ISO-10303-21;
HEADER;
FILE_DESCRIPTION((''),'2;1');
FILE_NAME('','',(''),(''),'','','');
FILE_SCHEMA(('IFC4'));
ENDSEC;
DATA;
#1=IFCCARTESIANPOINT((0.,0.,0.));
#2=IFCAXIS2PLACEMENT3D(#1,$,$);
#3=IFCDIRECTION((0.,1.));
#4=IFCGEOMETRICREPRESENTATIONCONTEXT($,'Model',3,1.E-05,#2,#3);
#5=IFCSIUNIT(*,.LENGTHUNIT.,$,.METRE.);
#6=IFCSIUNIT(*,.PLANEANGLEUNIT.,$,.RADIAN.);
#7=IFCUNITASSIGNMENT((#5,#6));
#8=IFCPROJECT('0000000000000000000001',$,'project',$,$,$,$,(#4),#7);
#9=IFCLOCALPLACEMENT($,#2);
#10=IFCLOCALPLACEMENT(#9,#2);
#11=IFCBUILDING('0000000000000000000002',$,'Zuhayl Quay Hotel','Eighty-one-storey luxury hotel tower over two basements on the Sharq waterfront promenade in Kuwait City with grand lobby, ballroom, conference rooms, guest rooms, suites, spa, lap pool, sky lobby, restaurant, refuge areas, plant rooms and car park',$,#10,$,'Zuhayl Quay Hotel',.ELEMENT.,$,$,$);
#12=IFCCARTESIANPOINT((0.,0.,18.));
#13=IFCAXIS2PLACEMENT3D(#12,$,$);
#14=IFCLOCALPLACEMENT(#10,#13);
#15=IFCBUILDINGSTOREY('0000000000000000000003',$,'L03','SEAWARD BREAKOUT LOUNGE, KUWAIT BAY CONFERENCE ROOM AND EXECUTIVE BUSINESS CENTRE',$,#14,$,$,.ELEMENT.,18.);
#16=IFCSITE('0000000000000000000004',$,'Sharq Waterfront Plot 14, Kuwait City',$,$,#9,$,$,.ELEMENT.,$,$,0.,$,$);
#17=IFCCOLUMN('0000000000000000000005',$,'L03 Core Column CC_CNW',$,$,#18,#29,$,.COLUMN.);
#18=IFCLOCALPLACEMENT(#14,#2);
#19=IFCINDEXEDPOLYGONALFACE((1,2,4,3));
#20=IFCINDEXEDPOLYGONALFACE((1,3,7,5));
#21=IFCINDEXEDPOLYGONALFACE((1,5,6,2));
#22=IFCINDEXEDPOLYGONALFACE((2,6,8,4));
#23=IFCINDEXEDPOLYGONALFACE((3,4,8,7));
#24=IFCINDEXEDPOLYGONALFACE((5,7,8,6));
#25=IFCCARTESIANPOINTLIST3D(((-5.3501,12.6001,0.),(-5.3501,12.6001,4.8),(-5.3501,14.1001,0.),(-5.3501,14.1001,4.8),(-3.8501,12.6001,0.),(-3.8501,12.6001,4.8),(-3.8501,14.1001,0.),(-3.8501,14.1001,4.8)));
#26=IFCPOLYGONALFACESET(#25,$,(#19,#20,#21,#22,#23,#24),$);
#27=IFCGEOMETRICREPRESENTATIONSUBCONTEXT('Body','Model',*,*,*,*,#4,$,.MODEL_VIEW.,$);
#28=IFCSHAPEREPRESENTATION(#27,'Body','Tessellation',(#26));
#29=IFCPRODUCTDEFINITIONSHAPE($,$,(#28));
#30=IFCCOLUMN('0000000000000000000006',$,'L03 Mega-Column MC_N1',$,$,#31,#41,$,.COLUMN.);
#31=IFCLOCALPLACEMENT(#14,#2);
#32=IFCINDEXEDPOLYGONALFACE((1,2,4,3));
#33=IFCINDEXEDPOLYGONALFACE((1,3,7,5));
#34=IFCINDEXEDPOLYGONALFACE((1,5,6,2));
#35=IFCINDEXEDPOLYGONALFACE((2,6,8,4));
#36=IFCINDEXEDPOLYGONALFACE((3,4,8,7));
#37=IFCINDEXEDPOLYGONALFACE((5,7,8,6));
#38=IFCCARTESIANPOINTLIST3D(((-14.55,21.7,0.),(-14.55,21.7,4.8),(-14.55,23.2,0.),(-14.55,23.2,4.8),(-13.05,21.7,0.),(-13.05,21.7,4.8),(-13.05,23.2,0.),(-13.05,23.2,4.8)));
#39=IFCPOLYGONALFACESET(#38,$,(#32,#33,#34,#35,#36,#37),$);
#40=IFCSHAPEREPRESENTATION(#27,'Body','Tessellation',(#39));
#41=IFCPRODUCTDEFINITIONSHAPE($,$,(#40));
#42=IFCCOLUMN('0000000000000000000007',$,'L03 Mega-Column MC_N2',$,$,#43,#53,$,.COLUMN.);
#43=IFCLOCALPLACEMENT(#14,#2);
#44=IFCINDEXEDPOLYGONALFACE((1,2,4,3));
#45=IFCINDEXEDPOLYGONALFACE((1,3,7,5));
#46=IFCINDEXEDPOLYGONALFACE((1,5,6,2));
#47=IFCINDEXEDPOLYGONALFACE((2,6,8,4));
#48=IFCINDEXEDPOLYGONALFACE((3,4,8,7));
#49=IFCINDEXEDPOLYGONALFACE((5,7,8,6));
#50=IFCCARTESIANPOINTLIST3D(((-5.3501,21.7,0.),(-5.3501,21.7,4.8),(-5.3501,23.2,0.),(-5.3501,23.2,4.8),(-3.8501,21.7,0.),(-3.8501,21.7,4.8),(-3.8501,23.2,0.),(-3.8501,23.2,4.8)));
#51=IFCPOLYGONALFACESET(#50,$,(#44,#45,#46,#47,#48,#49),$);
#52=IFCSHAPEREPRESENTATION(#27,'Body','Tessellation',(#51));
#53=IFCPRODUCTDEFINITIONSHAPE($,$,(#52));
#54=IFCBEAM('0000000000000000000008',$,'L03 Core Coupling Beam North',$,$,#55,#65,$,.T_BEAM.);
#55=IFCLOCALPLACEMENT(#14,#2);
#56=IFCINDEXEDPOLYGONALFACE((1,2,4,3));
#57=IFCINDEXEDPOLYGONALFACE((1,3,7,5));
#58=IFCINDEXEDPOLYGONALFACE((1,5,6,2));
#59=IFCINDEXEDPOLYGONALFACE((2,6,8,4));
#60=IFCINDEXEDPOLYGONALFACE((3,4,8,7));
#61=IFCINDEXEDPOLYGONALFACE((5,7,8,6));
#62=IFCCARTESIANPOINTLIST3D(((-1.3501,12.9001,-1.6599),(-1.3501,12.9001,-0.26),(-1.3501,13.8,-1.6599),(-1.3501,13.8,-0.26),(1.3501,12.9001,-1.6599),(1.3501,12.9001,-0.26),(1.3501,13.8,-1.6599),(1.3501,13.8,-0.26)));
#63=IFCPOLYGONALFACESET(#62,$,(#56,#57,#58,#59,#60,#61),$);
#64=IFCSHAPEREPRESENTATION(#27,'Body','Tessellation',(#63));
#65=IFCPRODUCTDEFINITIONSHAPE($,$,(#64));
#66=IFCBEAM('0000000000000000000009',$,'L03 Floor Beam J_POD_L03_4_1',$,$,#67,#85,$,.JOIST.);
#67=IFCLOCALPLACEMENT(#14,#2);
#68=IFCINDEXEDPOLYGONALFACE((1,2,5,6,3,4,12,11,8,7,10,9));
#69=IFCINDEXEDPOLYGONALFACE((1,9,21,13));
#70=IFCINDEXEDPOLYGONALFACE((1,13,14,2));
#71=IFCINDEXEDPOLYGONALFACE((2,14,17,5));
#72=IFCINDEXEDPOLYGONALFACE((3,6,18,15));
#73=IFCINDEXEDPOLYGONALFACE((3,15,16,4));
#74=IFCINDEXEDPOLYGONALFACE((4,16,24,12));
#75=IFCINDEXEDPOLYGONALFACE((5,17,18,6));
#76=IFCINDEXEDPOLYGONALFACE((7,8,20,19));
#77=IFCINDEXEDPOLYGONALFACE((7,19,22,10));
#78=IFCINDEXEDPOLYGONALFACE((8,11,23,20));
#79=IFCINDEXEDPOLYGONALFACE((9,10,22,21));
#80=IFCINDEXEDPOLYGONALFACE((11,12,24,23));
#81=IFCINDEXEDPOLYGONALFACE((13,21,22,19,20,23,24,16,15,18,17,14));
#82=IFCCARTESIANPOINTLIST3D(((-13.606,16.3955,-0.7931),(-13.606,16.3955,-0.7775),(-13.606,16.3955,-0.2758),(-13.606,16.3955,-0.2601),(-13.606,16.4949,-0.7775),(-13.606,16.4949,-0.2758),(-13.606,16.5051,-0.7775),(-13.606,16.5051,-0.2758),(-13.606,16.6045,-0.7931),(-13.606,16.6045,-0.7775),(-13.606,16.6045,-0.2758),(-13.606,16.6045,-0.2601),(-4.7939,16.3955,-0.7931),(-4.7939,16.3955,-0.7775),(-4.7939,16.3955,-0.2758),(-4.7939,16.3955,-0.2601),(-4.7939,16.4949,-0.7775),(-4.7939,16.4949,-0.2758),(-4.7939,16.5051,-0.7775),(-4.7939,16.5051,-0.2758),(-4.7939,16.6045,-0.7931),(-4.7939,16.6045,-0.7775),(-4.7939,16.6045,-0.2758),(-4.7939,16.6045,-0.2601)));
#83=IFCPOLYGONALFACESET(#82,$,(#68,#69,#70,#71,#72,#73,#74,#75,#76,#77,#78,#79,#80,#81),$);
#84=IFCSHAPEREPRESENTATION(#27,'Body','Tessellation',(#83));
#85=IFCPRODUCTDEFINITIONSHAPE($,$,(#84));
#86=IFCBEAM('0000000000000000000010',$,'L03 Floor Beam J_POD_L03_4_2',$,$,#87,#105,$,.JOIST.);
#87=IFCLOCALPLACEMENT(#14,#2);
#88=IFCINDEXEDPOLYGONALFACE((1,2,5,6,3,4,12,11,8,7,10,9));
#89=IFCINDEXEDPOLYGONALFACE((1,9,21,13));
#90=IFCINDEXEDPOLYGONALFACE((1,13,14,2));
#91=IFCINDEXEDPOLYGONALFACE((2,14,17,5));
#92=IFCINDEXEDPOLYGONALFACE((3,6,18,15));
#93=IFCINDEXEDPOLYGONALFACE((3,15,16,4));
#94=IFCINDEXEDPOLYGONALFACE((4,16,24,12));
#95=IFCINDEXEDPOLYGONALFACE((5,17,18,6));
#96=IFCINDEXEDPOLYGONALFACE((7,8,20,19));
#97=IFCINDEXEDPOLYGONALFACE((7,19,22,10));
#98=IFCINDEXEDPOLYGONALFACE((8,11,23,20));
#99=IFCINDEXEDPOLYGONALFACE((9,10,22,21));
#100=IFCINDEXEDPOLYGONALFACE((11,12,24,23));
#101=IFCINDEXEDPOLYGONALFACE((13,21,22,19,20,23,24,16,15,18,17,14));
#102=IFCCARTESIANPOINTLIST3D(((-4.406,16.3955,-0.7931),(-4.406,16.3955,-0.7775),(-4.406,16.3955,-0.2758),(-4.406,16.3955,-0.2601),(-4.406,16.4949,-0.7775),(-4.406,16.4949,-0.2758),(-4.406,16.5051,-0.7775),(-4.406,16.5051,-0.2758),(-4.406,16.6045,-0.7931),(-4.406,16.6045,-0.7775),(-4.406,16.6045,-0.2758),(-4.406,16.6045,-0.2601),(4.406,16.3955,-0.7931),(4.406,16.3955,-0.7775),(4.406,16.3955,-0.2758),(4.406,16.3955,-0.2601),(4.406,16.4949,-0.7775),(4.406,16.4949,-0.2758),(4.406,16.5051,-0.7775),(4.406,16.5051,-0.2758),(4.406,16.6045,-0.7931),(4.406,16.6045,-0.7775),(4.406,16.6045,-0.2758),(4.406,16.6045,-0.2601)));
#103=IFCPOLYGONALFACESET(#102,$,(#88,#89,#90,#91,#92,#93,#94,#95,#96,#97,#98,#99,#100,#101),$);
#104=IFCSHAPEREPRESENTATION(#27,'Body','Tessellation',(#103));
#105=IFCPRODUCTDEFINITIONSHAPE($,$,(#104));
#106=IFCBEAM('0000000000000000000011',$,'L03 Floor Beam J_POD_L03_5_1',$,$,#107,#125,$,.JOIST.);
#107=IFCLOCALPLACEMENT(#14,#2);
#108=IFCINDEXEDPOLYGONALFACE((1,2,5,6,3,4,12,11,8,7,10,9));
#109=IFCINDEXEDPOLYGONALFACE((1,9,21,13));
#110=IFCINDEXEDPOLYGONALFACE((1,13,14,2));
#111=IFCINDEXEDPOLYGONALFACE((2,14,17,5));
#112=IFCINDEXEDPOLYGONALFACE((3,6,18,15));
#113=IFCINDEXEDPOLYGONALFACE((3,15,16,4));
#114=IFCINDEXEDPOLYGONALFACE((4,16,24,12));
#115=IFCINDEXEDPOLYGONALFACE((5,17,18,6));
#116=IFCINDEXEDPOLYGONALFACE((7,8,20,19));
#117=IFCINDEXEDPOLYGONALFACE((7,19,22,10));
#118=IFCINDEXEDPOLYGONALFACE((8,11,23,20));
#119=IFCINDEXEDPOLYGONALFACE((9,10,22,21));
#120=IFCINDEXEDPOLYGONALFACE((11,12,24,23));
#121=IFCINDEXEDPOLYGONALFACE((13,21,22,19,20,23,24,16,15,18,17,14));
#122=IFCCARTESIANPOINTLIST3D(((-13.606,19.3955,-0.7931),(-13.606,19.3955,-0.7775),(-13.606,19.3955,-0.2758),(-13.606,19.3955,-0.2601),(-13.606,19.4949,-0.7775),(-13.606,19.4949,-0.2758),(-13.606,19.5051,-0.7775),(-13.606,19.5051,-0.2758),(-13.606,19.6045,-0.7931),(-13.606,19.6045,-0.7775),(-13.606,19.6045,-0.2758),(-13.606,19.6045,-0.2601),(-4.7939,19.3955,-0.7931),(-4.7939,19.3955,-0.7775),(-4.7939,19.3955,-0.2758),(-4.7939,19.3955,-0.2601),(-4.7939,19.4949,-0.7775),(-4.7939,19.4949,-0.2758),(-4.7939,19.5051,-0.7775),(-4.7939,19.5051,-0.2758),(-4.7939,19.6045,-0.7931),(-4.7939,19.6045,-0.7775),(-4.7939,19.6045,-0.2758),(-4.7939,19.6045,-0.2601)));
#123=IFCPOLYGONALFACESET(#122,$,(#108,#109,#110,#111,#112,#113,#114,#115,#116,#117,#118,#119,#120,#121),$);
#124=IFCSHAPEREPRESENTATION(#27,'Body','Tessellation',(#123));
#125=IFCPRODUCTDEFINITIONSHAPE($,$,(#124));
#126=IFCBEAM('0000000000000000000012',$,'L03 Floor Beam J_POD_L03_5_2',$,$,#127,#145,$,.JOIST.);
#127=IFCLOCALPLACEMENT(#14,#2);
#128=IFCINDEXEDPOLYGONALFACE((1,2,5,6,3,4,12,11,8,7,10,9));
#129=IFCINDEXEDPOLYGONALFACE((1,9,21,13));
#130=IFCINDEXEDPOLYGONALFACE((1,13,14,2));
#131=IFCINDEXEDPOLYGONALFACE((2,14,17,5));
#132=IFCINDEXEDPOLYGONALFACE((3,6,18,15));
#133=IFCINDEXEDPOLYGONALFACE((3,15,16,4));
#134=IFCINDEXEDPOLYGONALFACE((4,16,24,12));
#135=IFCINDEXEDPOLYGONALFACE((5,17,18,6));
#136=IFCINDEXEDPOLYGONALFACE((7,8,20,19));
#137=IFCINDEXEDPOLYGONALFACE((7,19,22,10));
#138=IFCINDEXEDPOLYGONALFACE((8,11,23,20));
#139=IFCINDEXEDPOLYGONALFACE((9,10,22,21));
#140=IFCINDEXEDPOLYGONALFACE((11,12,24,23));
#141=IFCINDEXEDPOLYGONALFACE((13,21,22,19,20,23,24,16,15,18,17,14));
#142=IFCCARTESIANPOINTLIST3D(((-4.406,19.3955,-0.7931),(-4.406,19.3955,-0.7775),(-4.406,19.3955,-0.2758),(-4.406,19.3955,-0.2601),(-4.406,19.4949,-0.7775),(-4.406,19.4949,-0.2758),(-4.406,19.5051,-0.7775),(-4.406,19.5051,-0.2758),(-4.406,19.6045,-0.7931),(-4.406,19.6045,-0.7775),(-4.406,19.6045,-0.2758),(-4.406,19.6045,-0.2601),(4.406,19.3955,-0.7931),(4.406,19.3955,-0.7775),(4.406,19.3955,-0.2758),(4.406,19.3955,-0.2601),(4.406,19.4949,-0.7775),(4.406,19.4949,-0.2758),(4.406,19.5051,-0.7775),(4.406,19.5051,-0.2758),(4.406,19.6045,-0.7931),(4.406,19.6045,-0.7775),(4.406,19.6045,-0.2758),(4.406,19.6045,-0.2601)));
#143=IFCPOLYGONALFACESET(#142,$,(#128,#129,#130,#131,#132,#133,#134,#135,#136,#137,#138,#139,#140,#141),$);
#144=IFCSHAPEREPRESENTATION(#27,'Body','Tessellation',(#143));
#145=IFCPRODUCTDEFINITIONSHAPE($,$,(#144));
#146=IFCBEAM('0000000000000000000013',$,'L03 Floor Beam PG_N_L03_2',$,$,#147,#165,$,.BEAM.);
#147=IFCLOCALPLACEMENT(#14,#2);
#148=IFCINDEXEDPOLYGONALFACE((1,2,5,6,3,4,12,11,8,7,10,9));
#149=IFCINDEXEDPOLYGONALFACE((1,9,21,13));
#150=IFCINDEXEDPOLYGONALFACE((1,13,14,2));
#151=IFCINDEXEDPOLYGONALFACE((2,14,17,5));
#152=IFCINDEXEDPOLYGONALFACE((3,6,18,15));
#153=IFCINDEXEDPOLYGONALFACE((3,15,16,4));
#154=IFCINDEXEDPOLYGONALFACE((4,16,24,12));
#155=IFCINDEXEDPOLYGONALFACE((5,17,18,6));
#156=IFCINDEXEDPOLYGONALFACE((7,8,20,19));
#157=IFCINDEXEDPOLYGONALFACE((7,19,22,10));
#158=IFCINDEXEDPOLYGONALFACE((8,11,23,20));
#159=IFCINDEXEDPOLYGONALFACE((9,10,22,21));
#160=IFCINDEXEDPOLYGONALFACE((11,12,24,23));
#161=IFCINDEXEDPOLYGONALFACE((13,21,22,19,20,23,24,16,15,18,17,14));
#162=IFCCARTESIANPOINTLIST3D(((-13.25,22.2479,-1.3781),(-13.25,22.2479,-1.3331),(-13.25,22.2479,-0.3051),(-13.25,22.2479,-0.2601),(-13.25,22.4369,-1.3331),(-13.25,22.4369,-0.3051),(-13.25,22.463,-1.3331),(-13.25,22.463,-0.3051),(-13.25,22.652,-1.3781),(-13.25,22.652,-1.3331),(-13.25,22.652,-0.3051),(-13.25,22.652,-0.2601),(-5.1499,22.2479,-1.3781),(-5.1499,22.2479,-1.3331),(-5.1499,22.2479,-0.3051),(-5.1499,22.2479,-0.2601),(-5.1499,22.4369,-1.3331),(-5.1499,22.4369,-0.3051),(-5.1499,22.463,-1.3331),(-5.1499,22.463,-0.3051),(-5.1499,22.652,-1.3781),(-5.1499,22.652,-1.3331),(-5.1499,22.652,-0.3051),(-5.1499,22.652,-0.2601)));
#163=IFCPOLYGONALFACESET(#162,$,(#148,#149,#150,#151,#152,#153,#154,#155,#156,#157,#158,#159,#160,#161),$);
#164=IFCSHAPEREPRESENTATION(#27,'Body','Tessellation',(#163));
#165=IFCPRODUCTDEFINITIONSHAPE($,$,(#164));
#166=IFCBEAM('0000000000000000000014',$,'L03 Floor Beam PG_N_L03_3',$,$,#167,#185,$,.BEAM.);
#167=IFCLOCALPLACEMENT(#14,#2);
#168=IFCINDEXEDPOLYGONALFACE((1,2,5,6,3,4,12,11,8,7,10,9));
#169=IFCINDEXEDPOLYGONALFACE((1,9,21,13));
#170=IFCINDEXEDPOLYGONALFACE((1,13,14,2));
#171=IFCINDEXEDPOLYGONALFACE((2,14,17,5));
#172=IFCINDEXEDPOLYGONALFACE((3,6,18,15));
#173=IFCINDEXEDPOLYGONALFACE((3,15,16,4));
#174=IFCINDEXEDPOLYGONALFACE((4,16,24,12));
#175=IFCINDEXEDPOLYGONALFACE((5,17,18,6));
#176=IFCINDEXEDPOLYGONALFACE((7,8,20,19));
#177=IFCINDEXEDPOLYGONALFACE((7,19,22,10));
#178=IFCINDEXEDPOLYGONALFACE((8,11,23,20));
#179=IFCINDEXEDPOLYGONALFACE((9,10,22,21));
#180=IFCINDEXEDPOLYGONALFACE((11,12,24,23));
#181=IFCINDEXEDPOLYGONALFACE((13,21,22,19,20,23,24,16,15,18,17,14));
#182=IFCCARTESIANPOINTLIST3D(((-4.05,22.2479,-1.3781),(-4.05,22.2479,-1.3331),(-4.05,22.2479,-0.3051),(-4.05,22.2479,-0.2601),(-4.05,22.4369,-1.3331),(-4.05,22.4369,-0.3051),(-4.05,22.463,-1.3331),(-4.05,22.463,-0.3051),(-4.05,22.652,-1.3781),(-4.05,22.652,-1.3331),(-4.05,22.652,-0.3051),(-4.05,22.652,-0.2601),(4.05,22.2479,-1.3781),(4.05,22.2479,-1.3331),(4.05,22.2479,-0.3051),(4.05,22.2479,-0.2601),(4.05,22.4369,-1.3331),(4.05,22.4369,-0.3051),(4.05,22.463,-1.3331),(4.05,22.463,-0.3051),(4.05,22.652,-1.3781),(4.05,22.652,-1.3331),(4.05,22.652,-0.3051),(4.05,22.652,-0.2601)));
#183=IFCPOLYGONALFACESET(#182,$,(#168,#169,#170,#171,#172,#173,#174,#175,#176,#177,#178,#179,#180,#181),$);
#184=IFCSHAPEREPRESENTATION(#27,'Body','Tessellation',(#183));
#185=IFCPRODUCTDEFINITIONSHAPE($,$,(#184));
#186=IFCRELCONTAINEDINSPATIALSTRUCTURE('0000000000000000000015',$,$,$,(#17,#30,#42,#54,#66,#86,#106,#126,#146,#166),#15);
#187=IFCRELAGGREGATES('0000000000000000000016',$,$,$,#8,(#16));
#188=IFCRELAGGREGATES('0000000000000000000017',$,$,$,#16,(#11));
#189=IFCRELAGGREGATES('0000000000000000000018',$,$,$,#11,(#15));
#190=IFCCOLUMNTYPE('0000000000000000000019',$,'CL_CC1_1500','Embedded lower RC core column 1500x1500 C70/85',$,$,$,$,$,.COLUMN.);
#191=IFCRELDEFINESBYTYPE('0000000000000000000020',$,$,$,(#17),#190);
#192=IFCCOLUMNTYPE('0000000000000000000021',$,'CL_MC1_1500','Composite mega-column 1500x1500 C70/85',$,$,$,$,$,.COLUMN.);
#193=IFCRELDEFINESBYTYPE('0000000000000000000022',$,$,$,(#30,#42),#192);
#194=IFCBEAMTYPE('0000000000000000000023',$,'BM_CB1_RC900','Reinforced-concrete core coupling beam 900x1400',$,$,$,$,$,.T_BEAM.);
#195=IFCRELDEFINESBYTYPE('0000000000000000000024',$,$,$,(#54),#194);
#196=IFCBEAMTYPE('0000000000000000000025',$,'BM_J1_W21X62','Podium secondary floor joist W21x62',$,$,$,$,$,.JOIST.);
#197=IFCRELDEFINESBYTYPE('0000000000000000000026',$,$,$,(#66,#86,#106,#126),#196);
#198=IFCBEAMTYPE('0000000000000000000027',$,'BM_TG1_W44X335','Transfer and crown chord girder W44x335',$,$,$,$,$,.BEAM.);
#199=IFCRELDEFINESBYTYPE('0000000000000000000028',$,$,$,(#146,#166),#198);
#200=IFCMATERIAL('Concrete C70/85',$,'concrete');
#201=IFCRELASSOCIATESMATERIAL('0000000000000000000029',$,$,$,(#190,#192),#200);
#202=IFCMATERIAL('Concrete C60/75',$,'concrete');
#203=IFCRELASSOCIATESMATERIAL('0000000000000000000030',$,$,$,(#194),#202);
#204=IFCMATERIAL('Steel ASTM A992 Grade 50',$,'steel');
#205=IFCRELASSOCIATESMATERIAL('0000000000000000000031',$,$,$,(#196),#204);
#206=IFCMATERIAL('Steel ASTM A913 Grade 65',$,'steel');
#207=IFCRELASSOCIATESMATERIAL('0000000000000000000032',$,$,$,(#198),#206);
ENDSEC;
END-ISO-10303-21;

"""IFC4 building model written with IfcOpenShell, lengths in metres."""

from ifc_helpers import new_model, si_unit, direction, frame, origin, origin_2d, place, context, subcontext, project, spatial, rectangle, i_section, extrude, material, material_profile, profile_set, type_object, element, save


model = new_model("IFC4")

# Units and contexts
model_context = context("Model", 3, precision=1e-05, world=origin(), true_north=direction((0.0, 1.0)))
body_context = subcontext(model_context, "Body", "Model", "MODEL_VIEW")
ifc_project = project(units=[si_unit("LENGTHUNIT", "METRE"), si_unit("PLANEANGLEUNIT", "RADIAN")], contexts=[model_context])

# Site, building, storey
site_placement = place(None, origin())
site = spatial("IfcSite", under=ifc_project, at=site_placement, Name="Sharq Waterfront Plot 14, Kuwait City", CompositionType="ELEMENT", RefElevation=0.0)
building_placement = place(site_placement, origin())
building = spatial("IfcBuilding", under=site, at=building_placement, Name="Zuhayl Quay Hotel", Description="Eighty-one-storey luxury hotel tower over two basements on the Sharq waterfront promenade in Kuwait City with grand lobby, ballroom, conference rooms, guest rooms, suites, spa, lap pool, sky lobby, restaurant, refuge areas, plant rooms and car park", LongName="Zuhayl Quay Hotel", CompositionType="ELEMENT")
storey_placement = place(building_placement, frame((0.0, 0.0, 18.0)))
storey = spatial("IfcBuildingStorey", under=building, at=storey_placement, Name="L03", Description="SEAWARD BREAKOUT LOUNGE, KUWAIT BAY CONFERENCE ROOM AND EXECUTIVE BUSINESS CENTRE", CompositionType="ELEMENT", Elevation=18.0)

# Columns
ifc_material_1 = material(Name="Concrete C70/85", Category="concrete")
ifc_material_profile_1 = material_profile(ifc_material_1, rectangle(XDim=1.5, YDim=1.5, at=origin_2d()), Name="RC1500X1500")
ifc_profile_set_1 = profile_set([ifc_material_profile_1], Name="Concrete C70/85")
column_type_1 = type_object("IfcColumnType", Name="CL_CC1_1500", Description="Embedded lower RC core column 1500x1500 C70/85", PredefinedType="COLUMN", material=ifc_profile_set_1)
column_placement = place(storey_placement, frame((-4.6001, 13.3501, 0.0), z_axis=(0.0, 0.0, 1.0), x_axis=(1.0, 0.0, 0.0)))
element("IfcColumn", 1, at=column_placement, inside=storey, type_object=column_type_1, Name="L03 Core Column CC_CNW", PredefinedType="COLUMN", context=body_context, shape_type="SweptSolid", body=[
    extrude(rectangle(XDim=1.5, YDim=1.5, at=origin_2d()), origin(), (0.0, 0.0, 1.0), 4.8),
])
ifc_material_profile_2 = material_profile(ifc_material_1, rectangle(XDim=1.5, YDim=1.5, at=origin_2d()), Name="RC1500X1500")
ifc_profile_set_2 = profile_set([ifc_material_profile_2], Name="Concrete C70/85")
column_type_2 = type_object("IfcColumnType", Name="CL_MC1_1500", Description="Composite mega-column 1500x1500 C70/85", PredefinedType="COLUMN", material=ifc_profile_set_2)
for number, where, z_axis, x_axis, name in (
    (2, (-13.8, 22.45, 0.0), (0.0, 0.0, 1.0), (1.0, 0.0, 0.0), "L03 Mega-Column MC_N1"),
    (3, (-4.6001, 22.45, 0.0), (0.0, 0.0, 1.0), (1.0, 0.0, 0.0), "L03 Mega-Column MC_N2"),
):
    element("IfcColumn", number, at=place(storey_placement, frame(where, z_axis=z_axis, x_axis=x_axis)), inside=storey, type_object=column_type_2, Name=name, PredefinedType="COLUMN", context=body_context, shape_type="SweptSolid", body=[
        extrude(rectangle(XDim=1.5, YDim=1.5, at=origin_2d()), origin(), (0.0, 0.0, 1.0), 4.8),
    ])

# Beams
ifc_material_2 = material(Name="Concrete C60/75", Category="concrete")
ifc_material_profile_3 = material_profile(ifc_material_2, rectangle(XDim=0.8999, YDim=1.3999, at=origin_2d()), Name="RC900X1400")
ifc_profile_set_3 = profile_set([ifc_material_profile_3], Name="Concrete C60/75")
beam_type_1 = type_object("IfcBeamType", Name="BM_CB1_RC900", Description="Reinforced-concrete core coupling beam 900x1400", PredefinedType="T_BEAM", material=ifc_profile_set_3)
beam_1_placement = place(storey_placement, frame((-1.3501, 13.3501, -0.96), z_axis=(1.0, 0.0, 0.0), x_axis=(0.0, 1.0, 0.0)))
element("IfcBeam", 4, at=beam_1_placement, inside=storey, type_object=beam_type_1, Name="L03 Core Coupling Beam North", PredefinedType="T_BEAM", context=body_context, shape_type="SweptSolid", body=[
    extrude(rectangle(XDim=0.8999, YDim=1.3999, at=origin_2d()), origin(), (0.0, 0.0, 1.0), 2.7002),
])
ifc_material_3 = material(Name="Steel ASTM A992 Grade 50", Category="steel")
ifc_material_profile_4 = material_profile(ifc_material_3, i_section(OverallWidth=0.209, OverallDepth=0.533, WebThickness=0.0103, FlangeThickness=0.0156, at=origin_2d()), Name="W21X62")
ifc_profile_set_4 = profile_set([ifc_material_profile_4], Name="Steel ASTM A992 Grade 50")
beam_type_2 = type_object("IfcBeamType", Name="BM_J1_W21X62", Description="Podium secondary floor joist W21x62", PredefinedType="JOIST", material=ifc_profile_set_4)
for number, where, z_axis, x_axis, name in (
    (5, (-13.606, 16.5, -0.5266), (1.0, 0.0, 0.0), (0.0, 1.0, 0.0), "L03 Floor Beam J_POD_L03_4_1"),
    (6, (-4.406, 16.5, -0.5266), (1.0, 0.0, 0.0), (0.0, 1.0, 0.0), "L03 Floor Beam J_POD_L03_4_2"),
    (7, (-13.606, 19.5, -0.5266), (1.0, 0.0, 0.0), (0.0, 1.0, 0.0), "L03 Floor Beam J_POD_L03_5_1"),
    (8, (-4.406, 19.5, -0.5266), (1.0, 0.0, 0.0), (0.0, 1.0, 0.0), "L03 Floor Beam J_POD_L03_5_2"),
):
    element("IfcBeam", number, at=place(storey_placement, frame(where, z_axis=z_axis, x_axis=x_axis)), inside=storey, type_object=beam_type_2, Name=name, PredefinedType="JOIST", context=body_context, shape_type="SweptSolid", body=[
        extrude(i_section(OverallWidth=0.209, OverallDepth=0.533, WebThickness=0.0103, FlangeThickness=0.0156, at=origin_2d()), origin(), (0.0, 0.0, 1.0), 8.812),
    ])
ifc_material_4 = material(Name="Steel ASTM A913 Grade 65", Category="steel")
ifc_material_profile_5 = material_profile(ifc_material_4, i_section(OverallWidth=0.4041, OverallDepth=1.1179, WebThickness=0.0261, FlangeThickness=0.0449, at=origin_2d()), Name="W44X335")
ifc_profile_set_5 = profile_set([ifc_material_profile_5], Name="Steel ASTM A913 Grade 65")
beam_type_3 = type_object("IfcBeamType", Name="BM_TG1_W44X335", Description="Transfer and crown chord girder W44x335", PredefinedType="BEAM", material=ifc_profile_set_5)
for number, where, z_axis, x_axis, name in (
    (9, (-13.25, 22.45, -0.8191), (1.0, 0.0, 0.0), (0.0, 1.0, 0.0), "L03 Floor Beam PG_N_L03_2"),
    (10, (-4.05, 22.45, -0.8191), (1.0, 0.0, 0.0), (0.0, 1.0, 0.0), "L03 Floor Beam PG_N_L03_3"),
):
    element("IfcBeam", number, at=place(storey_placement, frame(where, z_axis=z_axis, x_axis=x_axis)), inside=storey, type_object=beam_type_3, Name=name, PredefinedType="BEAM", context=body_context, shape_type="SweptSolid", body=[
        extrude(i_section(OverallWidth=0.4041, OverallDepth=1.1179, WebThickness=0.0261, FlangeThickness=0.0449, at=origin_2d()), origin(), (0.0, 0.0, 1.0), 8.1001),
    ])

save(model, "model.ifc")
